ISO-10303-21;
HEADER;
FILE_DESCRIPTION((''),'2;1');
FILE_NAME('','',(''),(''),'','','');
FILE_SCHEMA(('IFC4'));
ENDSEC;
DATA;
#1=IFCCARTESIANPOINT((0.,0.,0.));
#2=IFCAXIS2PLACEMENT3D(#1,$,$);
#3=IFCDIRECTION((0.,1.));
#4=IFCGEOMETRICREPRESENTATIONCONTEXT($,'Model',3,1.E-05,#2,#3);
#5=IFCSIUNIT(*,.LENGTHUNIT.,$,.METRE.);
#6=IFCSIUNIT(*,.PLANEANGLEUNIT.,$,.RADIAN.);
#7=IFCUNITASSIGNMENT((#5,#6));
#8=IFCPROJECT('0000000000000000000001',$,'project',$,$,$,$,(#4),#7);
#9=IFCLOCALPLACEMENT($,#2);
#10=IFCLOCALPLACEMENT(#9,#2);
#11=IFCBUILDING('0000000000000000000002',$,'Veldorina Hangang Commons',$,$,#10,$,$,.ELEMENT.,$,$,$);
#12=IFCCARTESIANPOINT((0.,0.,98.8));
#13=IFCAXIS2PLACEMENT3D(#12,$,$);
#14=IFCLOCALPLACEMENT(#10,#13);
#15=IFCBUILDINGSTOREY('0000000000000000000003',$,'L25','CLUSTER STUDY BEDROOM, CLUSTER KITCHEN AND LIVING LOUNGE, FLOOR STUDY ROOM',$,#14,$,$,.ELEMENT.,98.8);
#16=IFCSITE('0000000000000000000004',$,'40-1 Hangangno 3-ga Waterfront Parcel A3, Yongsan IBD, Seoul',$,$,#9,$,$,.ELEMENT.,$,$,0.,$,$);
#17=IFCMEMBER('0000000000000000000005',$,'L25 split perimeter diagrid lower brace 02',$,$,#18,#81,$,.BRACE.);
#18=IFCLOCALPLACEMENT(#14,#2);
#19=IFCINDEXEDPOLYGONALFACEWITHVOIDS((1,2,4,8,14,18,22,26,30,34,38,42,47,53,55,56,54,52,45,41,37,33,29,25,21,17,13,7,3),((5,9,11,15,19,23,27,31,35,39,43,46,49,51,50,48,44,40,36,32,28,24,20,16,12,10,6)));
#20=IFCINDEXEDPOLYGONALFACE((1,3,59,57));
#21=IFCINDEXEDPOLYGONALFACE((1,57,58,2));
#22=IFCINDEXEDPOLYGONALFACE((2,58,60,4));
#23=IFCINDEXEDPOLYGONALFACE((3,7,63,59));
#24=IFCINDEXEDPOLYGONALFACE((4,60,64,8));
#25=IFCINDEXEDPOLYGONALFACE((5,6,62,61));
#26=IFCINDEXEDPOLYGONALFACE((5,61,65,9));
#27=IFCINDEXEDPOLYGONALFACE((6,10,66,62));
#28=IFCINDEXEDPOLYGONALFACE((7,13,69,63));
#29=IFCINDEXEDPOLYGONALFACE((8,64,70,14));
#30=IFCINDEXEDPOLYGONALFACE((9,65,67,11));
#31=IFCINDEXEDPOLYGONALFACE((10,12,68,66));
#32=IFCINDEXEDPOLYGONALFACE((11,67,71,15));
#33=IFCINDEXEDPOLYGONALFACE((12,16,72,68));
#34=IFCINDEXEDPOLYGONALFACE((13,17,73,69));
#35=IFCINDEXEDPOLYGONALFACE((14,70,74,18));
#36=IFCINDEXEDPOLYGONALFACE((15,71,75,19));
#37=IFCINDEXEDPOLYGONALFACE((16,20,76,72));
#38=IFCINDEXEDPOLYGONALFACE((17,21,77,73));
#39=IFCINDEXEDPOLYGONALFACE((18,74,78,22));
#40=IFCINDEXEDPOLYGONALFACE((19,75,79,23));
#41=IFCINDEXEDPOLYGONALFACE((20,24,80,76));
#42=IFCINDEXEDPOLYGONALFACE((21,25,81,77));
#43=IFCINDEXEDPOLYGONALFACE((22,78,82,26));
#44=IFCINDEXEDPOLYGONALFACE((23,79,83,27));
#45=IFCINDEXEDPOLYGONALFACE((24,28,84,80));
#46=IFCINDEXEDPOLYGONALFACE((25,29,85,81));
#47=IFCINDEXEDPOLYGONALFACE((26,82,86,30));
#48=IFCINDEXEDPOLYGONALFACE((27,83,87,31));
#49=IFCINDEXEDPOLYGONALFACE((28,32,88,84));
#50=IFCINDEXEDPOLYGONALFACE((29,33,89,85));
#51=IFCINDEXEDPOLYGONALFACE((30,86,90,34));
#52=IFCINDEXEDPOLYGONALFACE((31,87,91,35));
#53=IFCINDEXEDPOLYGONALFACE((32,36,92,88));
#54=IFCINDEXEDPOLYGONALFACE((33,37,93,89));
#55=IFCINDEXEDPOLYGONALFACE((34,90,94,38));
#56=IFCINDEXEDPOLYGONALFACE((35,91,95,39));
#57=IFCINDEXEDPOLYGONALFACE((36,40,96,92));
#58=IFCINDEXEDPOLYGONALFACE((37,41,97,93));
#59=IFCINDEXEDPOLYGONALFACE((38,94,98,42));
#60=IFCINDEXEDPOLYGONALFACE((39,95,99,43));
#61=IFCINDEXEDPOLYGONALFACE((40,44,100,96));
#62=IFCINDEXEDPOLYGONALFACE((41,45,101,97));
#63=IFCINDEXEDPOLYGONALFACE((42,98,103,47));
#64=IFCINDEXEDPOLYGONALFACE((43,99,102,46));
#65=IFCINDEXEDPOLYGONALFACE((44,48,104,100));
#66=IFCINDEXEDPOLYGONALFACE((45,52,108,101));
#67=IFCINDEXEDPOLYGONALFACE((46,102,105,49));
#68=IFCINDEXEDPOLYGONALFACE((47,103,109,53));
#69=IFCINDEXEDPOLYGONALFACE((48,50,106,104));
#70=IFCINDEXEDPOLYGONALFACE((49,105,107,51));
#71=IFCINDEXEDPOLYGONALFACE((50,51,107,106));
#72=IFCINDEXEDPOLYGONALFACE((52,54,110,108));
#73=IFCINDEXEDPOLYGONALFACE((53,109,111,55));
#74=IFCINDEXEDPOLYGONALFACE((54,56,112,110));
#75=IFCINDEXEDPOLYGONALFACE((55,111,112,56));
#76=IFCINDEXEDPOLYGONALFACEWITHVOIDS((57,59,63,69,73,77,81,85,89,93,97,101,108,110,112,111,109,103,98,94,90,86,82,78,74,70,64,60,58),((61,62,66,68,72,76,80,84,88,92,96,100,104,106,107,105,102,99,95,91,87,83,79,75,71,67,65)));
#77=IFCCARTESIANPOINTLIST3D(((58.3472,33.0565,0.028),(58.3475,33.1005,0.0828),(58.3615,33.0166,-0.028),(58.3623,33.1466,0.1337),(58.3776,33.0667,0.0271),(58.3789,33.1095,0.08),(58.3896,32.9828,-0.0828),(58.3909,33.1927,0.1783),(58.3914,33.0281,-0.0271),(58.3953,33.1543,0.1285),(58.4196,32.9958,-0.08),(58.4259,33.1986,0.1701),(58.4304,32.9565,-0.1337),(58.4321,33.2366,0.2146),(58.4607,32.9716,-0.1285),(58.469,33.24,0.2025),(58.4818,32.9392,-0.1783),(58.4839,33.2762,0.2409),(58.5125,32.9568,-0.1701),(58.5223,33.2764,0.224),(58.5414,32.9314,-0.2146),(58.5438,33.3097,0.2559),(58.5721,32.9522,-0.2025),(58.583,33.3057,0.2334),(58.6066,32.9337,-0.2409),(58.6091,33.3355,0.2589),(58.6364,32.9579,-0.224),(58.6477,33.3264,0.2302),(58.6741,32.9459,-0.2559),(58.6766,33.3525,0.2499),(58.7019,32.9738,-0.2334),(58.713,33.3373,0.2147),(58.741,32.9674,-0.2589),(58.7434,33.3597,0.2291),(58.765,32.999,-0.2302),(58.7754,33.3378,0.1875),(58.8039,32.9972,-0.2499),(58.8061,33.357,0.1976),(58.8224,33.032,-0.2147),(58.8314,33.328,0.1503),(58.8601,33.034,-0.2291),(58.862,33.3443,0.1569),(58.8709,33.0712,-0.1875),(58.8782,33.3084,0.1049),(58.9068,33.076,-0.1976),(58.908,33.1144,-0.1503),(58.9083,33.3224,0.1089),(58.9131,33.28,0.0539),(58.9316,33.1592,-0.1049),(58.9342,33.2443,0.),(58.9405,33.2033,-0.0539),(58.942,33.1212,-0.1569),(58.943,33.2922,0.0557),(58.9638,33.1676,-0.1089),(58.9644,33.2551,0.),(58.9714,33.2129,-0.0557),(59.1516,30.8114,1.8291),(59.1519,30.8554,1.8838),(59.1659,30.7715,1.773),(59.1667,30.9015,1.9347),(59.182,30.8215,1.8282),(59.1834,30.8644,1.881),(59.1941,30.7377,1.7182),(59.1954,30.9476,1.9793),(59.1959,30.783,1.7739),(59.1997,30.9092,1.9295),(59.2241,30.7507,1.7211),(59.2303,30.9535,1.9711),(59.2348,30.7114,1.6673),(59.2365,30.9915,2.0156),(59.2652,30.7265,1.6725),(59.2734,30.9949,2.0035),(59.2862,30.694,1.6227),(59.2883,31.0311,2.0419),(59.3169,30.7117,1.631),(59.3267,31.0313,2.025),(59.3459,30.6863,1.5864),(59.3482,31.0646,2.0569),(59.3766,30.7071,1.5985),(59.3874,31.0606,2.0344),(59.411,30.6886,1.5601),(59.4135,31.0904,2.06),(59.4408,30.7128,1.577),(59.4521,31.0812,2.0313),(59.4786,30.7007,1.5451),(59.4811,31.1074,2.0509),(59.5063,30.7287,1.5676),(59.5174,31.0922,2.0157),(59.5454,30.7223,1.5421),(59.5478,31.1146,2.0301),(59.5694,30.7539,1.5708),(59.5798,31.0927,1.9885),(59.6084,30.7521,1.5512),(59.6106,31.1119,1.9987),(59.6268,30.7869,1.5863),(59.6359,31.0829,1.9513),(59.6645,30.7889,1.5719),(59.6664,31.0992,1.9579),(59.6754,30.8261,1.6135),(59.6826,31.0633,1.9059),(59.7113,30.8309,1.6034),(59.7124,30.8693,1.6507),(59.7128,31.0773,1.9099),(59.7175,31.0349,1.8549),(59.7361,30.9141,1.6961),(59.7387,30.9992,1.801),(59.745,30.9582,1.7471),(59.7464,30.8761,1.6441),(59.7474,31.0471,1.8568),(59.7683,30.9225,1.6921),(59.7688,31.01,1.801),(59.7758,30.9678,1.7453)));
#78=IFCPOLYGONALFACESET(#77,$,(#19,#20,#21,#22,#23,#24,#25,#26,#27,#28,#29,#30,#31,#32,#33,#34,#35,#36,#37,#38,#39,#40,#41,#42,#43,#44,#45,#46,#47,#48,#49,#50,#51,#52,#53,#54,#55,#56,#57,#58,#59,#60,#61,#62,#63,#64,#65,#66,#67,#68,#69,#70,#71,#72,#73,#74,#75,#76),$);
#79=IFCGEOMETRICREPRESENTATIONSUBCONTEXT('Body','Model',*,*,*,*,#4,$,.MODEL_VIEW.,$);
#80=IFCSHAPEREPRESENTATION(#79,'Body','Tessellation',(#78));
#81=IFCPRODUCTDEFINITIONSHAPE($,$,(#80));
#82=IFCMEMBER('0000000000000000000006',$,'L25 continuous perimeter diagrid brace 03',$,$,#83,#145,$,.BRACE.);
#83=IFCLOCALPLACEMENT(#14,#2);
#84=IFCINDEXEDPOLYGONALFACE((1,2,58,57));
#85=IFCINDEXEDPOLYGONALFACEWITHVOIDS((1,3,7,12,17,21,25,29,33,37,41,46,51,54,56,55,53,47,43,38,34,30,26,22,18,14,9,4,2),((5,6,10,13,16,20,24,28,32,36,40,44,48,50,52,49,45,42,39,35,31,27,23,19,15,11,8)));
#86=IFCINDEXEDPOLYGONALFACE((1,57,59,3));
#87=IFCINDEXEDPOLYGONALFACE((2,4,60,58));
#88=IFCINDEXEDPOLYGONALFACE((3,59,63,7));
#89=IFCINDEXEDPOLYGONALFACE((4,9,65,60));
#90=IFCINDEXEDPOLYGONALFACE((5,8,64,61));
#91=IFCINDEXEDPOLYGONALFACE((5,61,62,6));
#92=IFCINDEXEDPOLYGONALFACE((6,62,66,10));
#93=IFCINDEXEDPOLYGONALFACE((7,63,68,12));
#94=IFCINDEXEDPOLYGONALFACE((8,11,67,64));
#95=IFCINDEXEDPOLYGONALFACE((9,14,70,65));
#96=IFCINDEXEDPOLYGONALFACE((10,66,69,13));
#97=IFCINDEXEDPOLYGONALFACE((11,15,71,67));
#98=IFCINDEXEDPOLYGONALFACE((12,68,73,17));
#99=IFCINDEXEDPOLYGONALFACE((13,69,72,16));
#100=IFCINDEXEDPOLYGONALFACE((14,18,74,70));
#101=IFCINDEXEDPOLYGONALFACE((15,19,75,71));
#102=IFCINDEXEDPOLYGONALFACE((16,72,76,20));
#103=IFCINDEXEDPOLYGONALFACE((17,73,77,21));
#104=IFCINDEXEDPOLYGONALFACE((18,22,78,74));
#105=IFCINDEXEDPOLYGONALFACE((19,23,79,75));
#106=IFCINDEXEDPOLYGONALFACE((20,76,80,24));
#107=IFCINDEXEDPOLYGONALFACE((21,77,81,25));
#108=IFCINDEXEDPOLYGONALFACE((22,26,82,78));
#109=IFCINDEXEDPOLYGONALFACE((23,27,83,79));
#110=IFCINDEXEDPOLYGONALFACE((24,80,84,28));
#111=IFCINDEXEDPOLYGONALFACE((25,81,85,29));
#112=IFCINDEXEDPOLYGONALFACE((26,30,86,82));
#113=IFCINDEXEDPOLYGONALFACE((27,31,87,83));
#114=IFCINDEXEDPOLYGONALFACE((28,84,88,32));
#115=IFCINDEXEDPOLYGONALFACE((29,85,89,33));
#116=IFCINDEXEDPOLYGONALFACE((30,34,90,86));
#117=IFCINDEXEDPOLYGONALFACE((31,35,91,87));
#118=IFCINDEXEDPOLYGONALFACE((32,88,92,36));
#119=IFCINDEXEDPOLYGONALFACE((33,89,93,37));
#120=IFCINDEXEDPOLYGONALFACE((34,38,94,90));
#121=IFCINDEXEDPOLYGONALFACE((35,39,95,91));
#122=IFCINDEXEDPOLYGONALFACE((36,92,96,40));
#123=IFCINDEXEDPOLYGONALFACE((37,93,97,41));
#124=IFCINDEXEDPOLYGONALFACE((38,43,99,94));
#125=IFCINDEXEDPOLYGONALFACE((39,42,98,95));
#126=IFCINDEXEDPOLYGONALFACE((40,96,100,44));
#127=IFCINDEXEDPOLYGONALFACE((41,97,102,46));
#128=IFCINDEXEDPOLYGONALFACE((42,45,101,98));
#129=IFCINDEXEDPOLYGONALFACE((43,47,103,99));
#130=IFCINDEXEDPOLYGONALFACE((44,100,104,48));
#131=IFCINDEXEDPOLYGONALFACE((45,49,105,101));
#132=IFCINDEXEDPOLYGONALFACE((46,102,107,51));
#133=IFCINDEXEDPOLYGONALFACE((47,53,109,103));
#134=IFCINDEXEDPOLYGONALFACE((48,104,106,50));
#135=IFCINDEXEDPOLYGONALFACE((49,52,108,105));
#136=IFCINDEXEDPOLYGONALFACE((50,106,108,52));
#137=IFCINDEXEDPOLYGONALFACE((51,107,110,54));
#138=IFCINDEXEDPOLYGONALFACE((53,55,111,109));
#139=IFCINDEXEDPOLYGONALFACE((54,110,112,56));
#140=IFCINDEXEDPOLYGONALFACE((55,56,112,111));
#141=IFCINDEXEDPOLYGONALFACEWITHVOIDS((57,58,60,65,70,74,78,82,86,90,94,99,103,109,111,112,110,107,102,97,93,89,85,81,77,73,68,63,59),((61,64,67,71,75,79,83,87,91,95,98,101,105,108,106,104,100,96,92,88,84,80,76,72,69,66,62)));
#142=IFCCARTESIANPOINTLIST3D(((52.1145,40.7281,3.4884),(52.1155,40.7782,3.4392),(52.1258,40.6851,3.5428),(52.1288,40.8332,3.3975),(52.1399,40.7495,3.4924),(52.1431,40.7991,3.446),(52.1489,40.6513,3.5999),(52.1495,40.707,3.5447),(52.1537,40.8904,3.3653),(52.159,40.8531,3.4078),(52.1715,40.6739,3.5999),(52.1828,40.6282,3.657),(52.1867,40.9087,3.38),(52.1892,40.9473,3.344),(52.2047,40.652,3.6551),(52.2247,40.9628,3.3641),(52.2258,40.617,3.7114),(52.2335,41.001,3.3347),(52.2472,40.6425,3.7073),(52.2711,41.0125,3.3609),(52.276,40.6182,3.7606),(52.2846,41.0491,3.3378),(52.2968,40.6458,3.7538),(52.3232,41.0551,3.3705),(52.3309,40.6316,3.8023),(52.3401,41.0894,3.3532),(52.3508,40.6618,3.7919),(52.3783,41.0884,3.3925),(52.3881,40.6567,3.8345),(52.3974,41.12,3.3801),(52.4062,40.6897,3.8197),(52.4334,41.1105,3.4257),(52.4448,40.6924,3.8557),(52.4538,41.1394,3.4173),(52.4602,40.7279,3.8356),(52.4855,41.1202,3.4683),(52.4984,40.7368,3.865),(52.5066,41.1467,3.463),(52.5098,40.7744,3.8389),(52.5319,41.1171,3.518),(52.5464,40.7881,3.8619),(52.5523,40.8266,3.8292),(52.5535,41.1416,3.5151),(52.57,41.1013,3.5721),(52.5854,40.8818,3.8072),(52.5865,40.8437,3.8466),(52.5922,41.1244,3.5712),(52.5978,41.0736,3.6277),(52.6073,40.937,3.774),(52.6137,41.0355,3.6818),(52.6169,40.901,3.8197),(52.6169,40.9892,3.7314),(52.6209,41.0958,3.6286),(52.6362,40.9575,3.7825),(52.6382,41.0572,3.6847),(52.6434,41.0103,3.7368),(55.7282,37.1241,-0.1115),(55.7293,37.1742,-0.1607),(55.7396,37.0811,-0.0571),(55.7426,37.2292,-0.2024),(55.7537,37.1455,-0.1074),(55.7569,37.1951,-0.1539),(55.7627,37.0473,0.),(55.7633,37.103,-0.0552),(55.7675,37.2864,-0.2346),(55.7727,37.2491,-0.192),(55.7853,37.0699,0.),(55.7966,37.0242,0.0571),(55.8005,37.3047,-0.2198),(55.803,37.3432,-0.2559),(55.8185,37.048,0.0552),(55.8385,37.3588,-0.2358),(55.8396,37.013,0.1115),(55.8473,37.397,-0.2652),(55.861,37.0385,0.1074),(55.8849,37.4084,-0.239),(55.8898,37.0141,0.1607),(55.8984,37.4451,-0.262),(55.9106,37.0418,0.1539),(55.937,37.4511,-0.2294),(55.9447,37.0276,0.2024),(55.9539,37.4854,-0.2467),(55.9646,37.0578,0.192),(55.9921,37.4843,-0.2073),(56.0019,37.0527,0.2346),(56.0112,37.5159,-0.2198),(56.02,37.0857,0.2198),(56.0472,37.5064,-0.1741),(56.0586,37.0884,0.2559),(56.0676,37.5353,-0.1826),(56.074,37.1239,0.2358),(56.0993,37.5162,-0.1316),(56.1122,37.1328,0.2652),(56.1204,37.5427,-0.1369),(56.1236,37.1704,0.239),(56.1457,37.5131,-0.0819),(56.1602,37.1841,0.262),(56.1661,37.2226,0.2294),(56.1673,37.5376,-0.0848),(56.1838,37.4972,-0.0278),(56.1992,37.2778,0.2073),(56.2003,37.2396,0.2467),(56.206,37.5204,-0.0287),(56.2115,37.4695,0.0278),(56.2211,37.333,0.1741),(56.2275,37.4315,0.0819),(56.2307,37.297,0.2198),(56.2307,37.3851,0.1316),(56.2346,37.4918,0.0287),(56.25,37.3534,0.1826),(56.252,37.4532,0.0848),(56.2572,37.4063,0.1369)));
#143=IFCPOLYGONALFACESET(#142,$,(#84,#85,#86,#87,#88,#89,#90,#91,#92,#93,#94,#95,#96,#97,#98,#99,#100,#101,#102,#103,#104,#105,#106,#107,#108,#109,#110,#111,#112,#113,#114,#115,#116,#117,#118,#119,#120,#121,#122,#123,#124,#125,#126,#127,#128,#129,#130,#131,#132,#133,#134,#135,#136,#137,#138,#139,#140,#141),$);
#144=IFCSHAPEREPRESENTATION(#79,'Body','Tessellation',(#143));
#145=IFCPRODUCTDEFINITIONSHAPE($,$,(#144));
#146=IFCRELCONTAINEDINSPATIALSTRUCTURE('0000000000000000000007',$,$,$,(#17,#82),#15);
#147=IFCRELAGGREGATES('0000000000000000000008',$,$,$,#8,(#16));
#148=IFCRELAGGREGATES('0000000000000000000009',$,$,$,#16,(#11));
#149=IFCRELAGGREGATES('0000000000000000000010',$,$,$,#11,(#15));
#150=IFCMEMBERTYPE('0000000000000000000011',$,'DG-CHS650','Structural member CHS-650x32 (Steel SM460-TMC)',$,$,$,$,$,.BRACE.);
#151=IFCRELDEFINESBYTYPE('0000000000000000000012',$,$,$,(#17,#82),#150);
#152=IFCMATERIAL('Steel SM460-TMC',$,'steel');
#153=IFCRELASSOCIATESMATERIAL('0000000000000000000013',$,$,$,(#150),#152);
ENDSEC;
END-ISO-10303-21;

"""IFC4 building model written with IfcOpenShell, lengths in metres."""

from ifc_helpers import new_model, si_unit, direction, frame, origin, origin_2d, place, context, subcontext, project, spatial, hollow_circle, extrude, material, material_profile, profile_set, type_object, element, save


model = new_model("IFC4")

# Units and contexts
model_context = context("Model", 3, precision=1e-05, world=origin(), true_north=direction((0.0, 1.0)))
body_context = subcontext(model_context, "Body", "Model", "MODEL_VIEW")
ifc_project = project(units=[si_unit("LENGTHUNIT", "METRE"), si_unit("PLANEANGLEUNIT", "RADIAN")], contexts=[model_context])

# Site, building, storey
site_placement = place(None, origin())
site = spatial("IfcSite", under=ifc_project, at=site_placement, Name="40-1 Hangangno 3-ga Waterfront Parcel A3, Yongsan IBD, Seoul", CompositionType="ELEMENT", RefElevation=0.0)
building_placement = place(site_placement, origin())
building = spatial("IfcBuilding", under=site, at=building_placement, Name="Veldorina Hangang Commons", CompositionType="ELEMENT")
storey_placement = place(building_placement, frame((0.0, 0.0, 98.8)))
storey = spatial("IfcBuildingStorey", under=building, at=storey_placement, Name="L25", Description="CLUSTER STUDY BEDROOM, CLUSTER KITCHEN AND LIVING LOUNGE, FLOOR STUDY ROOM", CompositionType="ELEMENT", Elevation=98.8)

# Members
ifc_material_1 = material(Name="Steel SM460-TMC", Category="steel")
ifc_material_profile_1 = material_profile(ifc_material_1, hollow_circle(Radius=0.325, WallThickness=0.032, at=origin_2d()), Name="CHS-650x32")
ifc_profile_set_1 = profile_set([ifc_material_profile_1], Name="Steel SM460-TMC")
member_type = type_object("IfcMemberType", Name="DG-CHS650", Description="Structural member CHS-650x32 (Steel SM460-TMC)", PredefinedType="BRACE", material=ifc_profile_set_1)
member_1_placement = place(storey_placement, frame((58.6584, 33.1455, 0.0), z_axis=(0.269176, -0.751242, 0.602644), x_axis=(0.941394, 0.337309, 0.0)))
element("IfcMember", 1, at=member_1_placement, inside=storey, type_object=member_type, Name="L25 split perimeter diagrid lower brace 02", PredefinedType="BRACE", context=body_context, shape_type="SweptSolid", body=[
    extrude(hollow_circle(Radius=0.325, WallThickness=0.032, at=origin_2d()), origin(), (0.0, 0.0, 1.0), 2.9885),
])
member_2_placement = place(storey_placement, frame((55.9922, 37.2773, 0.0), z_axis=(-0.578613, 0.57705, 0.576385), x_axis=(-0.706149, -0.708063, 0.0)))
element("IfcMember", 2, at=member_2_placement, inside=storey, type_object=member_type, Name="L25 continuous perimeter diagrid brace 03", PredefinedType="BRACE", context=body_context, shape_type="SweptSolid", body=[
    extrude(hollow_circle(Radius=0.325, WallThickness=0.032, at=origin_2d()), origin(), (0.0, 0.0, 1.0), 6.2456),
])

save(model, "model.ifc")
